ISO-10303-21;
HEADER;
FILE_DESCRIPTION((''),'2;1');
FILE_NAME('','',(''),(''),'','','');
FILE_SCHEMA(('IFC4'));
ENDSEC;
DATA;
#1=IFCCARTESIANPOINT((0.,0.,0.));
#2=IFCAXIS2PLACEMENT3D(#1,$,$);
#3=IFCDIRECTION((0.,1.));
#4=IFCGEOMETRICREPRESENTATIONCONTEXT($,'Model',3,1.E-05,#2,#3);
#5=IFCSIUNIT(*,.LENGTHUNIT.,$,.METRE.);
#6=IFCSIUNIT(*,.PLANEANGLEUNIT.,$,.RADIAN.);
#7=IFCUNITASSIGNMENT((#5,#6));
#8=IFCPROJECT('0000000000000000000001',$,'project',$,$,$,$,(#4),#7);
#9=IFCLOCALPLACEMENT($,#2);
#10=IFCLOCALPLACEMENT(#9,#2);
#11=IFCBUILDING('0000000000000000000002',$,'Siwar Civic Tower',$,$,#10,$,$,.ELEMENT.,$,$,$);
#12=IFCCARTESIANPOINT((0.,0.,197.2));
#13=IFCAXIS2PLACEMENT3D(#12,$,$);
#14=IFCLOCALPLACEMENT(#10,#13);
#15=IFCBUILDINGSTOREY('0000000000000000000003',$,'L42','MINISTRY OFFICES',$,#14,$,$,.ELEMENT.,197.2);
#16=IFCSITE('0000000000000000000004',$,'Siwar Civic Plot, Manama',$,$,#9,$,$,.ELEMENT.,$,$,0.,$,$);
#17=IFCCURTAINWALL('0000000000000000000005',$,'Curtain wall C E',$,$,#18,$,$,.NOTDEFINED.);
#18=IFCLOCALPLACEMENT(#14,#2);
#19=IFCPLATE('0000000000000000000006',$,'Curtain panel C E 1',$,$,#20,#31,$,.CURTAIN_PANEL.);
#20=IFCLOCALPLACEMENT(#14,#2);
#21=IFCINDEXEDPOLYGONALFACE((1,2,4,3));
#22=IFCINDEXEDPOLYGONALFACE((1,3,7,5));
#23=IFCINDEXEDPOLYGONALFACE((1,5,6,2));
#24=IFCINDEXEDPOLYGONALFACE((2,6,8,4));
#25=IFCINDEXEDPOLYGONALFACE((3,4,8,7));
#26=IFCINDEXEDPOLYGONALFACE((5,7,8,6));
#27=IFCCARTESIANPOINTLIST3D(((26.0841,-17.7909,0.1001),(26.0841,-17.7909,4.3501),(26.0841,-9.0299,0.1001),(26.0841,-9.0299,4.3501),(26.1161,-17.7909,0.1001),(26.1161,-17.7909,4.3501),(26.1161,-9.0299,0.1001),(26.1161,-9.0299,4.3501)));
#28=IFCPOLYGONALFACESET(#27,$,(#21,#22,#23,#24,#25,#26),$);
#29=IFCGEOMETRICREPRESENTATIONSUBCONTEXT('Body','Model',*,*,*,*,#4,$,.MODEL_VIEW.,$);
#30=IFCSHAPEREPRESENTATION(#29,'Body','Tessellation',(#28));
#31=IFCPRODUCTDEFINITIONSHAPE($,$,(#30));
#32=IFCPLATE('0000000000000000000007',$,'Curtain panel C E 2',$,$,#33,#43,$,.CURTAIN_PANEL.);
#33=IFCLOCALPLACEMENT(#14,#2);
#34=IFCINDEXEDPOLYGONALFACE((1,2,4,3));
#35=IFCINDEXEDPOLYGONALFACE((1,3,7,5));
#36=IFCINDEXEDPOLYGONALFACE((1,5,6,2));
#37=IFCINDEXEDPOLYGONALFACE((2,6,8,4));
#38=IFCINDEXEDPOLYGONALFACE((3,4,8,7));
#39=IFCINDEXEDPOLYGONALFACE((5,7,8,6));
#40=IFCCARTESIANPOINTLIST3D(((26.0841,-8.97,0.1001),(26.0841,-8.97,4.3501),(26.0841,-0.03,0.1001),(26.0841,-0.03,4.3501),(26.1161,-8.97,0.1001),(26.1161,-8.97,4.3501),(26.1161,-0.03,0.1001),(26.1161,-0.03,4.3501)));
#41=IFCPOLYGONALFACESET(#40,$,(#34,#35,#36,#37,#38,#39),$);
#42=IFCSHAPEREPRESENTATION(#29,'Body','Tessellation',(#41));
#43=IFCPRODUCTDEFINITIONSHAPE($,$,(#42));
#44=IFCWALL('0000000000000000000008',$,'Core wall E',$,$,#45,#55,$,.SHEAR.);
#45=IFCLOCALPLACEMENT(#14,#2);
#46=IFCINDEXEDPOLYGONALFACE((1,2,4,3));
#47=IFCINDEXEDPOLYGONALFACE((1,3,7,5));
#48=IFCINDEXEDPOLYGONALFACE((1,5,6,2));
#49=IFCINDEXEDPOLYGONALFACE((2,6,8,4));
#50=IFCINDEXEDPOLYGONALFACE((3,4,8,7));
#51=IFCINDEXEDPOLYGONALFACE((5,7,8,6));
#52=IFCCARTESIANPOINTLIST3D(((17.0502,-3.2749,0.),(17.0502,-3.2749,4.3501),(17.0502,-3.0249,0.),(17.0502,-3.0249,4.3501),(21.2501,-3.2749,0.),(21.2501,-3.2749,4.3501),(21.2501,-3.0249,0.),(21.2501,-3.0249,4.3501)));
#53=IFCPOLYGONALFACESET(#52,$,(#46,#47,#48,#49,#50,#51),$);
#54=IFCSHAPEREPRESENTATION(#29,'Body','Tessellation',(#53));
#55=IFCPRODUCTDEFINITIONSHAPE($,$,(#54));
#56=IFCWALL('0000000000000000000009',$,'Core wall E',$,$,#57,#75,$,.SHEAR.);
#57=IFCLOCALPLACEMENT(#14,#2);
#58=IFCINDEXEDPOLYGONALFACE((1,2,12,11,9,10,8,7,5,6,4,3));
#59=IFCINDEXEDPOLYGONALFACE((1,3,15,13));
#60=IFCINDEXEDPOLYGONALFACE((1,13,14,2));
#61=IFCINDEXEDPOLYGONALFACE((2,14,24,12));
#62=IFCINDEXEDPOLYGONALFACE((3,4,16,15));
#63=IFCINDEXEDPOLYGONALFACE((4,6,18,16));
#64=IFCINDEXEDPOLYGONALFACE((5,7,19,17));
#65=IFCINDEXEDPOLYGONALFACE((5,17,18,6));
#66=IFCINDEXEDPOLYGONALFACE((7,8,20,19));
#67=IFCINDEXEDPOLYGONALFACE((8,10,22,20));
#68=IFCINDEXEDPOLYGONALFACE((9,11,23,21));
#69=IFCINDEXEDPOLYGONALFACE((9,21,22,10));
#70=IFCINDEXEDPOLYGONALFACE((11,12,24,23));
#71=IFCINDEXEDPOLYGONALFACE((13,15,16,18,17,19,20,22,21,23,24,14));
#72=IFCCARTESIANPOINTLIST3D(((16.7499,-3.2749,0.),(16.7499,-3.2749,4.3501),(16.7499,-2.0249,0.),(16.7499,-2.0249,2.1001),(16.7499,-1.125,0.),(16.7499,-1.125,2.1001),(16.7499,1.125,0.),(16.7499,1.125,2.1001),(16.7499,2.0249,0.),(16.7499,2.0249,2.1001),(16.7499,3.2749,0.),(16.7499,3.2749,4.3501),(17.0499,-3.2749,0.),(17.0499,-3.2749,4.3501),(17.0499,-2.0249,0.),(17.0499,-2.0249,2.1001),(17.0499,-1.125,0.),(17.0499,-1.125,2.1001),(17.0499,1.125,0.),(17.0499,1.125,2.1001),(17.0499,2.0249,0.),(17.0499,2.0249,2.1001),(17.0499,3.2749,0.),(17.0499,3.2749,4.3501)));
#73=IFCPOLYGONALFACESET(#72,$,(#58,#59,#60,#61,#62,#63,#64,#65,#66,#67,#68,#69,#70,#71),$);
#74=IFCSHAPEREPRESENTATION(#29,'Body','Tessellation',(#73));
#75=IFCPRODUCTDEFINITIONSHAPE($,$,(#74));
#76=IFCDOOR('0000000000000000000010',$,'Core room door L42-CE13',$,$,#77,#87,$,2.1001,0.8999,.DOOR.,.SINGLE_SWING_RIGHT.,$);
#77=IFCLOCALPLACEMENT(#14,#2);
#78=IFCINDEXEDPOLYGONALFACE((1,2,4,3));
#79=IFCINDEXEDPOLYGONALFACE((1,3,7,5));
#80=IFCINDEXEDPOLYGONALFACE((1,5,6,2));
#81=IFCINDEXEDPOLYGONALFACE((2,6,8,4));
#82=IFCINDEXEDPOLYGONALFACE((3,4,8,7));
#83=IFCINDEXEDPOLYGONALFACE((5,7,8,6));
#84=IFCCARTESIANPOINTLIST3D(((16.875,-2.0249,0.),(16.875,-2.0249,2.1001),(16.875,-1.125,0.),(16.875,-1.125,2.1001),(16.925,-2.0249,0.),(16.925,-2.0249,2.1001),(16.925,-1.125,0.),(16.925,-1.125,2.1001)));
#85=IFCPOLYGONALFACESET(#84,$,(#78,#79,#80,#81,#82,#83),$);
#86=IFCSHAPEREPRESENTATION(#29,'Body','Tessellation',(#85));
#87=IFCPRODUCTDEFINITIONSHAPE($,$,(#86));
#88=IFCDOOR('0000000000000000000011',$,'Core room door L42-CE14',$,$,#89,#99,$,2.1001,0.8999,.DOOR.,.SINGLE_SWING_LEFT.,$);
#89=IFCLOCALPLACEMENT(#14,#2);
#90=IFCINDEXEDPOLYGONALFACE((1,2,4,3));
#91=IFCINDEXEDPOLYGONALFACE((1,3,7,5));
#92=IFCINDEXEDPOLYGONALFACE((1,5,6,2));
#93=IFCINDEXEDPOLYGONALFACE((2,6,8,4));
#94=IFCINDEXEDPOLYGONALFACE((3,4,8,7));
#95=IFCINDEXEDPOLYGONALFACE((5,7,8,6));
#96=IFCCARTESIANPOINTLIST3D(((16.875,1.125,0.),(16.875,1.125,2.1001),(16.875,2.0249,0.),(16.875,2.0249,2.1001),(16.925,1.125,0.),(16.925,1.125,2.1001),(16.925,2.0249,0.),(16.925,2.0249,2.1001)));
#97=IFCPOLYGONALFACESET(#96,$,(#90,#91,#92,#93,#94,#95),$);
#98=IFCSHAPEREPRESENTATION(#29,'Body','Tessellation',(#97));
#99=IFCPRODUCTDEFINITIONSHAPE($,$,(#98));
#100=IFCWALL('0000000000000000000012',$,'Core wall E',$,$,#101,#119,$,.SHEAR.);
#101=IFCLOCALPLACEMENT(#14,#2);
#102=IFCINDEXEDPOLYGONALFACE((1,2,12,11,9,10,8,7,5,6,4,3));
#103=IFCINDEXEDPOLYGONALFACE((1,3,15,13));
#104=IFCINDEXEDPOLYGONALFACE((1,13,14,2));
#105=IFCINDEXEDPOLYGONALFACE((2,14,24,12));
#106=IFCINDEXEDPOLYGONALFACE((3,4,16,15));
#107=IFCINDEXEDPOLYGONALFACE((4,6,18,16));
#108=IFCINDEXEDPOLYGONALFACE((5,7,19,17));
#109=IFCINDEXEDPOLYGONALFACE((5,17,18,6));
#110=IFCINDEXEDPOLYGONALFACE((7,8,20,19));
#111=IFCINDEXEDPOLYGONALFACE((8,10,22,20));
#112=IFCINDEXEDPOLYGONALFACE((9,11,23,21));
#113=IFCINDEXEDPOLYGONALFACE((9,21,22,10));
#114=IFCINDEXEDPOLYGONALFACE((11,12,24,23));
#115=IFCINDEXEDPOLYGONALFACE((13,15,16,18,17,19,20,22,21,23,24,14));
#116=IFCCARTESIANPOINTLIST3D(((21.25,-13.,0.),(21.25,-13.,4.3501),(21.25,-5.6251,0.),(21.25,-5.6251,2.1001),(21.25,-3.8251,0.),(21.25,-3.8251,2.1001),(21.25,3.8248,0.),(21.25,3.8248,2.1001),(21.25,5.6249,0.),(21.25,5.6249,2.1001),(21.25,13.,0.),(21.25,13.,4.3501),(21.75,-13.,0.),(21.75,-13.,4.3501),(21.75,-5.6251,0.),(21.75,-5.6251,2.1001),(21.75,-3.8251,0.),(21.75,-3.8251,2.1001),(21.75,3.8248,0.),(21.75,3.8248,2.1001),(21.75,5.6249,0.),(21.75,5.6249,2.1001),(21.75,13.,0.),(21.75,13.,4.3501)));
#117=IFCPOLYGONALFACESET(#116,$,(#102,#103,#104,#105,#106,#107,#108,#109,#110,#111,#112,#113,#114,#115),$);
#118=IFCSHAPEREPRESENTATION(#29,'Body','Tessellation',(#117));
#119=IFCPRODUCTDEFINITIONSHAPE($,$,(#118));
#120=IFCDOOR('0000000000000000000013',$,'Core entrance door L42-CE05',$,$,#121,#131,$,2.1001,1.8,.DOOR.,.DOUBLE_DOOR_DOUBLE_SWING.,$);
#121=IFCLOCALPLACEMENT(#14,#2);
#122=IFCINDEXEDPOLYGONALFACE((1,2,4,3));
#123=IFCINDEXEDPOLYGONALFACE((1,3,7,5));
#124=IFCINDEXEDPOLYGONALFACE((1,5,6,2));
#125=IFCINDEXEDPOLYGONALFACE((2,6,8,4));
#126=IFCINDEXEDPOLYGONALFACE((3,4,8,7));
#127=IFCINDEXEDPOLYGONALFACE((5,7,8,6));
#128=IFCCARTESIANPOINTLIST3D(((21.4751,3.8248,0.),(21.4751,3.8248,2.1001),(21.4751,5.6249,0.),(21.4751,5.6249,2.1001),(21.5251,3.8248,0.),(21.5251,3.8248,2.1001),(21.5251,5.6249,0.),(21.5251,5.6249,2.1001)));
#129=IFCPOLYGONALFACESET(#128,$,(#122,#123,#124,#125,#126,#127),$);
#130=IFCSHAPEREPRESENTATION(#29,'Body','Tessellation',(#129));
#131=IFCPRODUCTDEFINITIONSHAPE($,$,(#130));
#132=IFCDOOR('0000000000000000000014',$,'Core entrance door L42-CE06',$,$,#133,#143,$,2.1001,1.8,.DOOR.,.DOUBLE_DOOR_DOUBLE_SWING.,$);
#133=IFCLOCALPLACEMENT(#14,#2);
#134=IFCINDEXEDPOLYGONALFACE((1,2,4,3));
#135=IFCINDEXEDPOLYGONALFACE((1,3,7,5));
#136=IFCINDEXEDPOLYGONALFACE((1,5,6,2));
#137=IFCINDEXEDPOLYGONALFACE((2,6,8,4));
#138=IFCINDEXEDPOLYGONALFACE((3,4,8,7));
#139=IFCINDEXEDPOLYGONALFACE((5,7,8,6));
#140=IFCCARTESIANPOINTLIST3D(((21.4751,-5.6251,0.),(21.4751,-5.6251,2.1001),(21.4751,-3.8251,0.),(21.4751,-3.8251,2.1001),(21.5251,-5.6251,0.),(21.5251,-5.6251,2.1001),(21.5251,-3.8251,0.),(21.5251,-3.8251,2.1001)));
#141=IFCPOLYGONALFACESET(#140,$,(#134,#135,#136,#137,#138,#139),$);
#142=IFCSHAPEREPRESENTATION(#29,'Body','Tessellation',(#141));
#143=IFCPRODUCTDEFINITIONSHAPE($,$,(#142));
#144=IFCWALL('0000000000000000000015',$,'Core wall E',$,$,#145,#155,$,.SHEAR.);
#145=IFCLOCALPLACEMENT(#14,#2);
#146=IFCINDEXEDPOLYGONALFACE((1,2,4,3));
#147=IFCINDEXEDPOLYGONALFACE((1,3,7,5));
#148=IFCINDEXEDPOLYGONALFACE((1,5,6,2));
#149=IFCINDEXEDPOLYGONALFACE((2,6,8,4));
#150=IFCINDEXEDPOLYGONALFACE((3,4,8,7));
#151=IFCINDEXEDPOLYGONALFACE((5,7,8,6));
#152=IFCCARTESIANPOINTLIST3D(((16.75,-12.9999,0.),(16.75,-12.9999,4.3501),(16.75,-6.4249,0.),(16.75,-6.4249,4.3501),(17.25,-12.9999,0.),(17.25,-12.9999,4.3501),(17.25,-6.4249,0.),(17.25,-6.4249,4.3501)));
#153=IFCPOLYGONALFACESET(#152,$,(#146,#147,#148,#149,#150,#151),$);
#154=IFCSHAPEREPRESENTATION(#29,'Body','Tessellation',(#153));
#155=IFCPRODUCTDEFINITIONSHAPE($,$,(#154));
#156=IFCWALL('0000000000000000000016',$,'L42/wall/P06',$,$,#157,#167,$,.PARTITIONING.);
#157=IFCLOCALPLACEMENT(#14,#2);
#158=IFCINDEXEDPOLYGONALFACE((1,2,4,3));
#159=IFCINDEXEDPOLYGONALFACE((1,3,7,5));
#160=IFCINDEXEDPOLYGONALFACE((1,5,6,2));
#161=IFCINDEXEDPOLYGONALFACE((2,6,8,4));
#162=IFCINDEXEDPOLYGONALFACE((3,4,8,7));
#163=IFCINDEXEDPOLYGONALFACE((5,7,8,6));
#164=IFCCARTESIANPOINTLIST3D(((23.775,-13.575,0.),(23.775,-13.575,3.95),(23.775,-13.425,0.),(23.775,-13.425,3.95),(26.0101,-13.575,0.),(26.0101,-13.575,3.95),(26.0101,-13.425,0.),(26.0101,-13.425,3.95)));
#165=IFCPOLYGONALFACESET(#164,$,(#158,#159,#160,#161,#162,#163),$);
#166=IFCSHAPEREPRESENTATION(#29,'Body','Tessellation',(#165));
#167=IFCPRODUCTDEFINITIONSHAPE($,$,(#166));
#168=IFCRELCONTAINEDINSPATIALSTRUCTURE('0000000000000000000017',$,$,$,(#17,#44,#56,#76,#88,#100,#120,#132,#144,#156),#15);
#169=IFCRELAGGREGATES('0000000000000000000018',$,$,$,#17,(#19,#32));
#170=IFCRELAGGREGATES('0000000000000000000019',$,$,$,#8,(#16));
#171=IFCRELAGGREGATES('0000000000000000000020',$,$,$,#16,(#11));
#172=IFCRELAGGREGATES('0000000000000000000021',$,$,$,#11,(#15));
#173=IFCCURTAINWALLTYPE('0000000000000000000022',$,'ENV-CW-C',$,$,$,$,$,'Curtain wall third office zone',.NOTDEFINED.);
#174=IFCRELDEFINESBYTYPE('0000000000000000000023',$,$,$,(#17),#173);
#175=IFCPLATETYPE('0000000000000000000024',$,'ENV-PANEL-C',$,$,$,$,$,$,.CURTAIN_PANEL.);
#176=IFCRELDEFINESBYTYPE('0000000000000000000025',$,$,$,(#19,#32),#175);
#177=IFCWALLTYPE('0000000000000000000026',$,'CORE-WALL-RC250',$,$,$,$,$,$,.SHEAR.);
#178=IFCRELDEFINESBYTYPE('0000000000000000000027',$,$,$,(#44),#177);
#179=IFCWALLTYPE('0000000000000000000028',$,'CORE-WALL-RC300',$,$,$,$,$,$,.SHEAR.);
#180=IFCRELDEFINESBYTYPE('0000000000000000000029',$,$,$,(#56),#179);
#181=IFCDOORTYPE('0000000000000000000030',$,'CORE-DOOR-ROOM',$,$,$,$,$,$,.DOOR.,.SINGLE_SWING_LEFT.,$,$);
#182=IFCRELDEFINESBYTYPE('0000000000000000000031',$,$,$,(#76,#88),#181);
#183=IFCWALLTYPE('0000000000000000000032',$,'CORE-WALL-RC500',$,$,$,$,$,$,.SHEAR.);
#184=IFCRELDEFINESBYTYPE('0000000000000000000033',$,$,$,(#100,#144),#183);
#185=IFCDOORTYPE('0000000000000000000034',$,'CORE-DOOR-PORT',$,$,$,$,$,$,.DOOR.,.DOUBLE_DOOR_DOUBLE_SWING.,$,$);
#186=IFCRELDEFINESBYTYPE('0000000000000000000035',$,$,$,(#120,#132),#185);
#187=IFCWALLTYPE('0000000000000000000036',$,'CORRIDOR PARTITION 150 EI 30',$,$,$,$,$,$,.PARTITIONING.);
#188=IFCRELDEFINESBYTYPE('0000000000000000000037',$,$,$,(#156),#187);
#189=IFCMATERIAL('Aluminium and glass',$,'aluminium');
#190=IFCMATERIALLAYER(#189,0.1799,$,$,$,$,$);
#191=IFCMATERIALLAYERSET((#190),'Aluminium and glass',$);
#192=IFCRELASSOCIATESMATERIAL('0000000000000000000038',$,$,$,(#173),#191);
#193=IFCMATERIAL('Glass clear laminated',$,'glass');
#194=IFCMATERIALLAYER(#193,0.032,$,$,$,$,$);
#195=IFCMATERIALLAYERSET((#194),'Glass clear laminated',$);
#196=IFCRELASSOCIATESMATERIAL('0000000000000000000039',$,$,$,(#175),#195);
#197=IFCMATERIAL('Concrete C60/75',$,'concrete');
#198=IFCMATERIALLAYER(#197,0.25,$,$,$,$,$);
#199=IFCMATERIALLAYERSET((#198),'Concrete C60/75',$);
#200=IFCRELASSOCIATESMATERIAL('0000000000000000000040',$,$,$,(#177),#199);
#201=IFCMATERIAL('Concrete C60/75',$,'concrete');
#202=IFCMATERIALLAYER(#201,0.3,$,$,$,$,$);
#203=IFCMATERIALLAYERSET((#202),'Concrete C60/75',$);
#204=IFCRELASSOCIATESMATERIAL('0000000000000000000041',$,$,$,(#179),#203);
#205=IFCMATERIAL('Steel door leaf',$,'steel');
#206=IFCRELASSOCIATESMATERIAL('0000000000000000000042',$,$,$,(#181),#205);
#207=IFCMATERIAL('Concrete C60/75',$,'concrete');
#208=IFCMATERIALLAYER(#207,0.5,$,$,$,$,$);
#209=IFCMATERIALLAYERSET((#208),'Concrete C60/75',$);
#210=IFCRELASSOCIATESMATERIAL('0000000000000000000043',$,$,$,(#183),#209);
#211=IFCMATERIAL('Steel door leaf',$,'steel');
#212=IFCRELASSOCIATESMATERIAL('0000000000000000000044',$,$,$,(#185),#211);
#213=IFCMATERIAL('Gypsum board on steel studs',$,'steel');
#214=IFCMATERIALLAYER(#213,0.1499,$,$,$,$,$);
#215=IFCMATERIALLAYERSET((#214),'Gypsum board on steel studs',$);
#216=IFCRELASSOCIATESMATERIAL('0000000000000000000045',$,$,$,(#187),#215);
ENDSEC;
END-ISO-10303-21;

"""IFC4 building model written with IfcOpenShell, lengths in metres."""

from ifc_helpers import new_model, si_unit, direction, frame, frame_2d, origin, origin_2d, place, context, subcontext, project, spatial, rectangle, extrude, material, layer, layer_set, type_object, element, fill, aggregate, save


model = new_model("IFC4")

# Units and contexts
model_context = context("Model", 3, precision=1e-05, world=origin(), true_north=direction((0.0, 1.0)))
body_context = subcontext(model_context, "Body", "Model", "MODEL_VIEW")
ifc_project = project(units=[si_unit("LENGTHUNIT", "METRE"), si_unit("PLANEANGLEUNIT", "RADIAN")], contexts=[model_context])

# Site, building, storey
site_placement = place(None, origin())
site = spatial("IfcSite", under=ifc_project, at=site_placement, Name="Siwar Civic Plot, Manama", CompositionType="ELEMENT", RefElevation=0.0)
building_placement = place(site_placement, origin())
building = spatial("IfcBuilding", under=site, at=building_placement, Name="Siwar Civic Tower", CompositionType="ELEMENT")
storey_placement = place(building_placement, frame((0.0, 0.0, 197.2)))
storey = spatial("IfcBuildingStorey", under=building, at=storey_placement, Name="L42", Description="MINISTRY OFFICES", CompositionType="ELEMENT", Elevation=197.2)

# Curtain wall
ifc_material_1 = material(Name="Aluminium and glass", Category="aluminium")
ifc_layer_1 = layer(ifc_material_1, 0.1799)
ifc_layer_set_1 = layer_set([ifc_layer_1], Name="Aluminium and glass")
curtain_wall_type = type_object("IfcCurtainWallType", Name="ENV-CW-C", ElementType="Curtain wall third office zone", PredefinedType="NOTDEFINED", material=ifc_layer_set_1)
curtain_wall_placement = place(storey_placement, origin())
curtain_wall = element("IfcCurtainWall", 1, at=curtain_wall_placement, inside=storey, type_object=curtain_wall_type, Name="Curtain wall C E", PredefinedType="NOTDEFINED")

# Plates
ifc_material_2 = material(Name="Glass clear laminated", Category="glass")
ifc_layer_2 = layer(ifc_material_2, 0.032)
ifc_layer_set_2 = layer_set([ifc_layer_2], Name="Glass clear laminated")
plate_type = type_object("IfcPlateType", Name="ENV-PANEL-C", PredefinedType="CURTAIN_PANEL", material=ifc_layer_set_2)
plate_1_placement = place(storey_placement, frame((26.1001, -13.4104, 0.1001), z_axis=(0.0, 0.0, 1.0), x_axis=(0.0, 1.0, 0.0)))
plate_1 = element("IfcPlate", 2, at=plate_1_placement, type_object=plate_type, Name="Curtain panel C E 1", PredefinedType="CURTAIN_PANEL", context=body_context, shape_type="SweptSolid", body=[
    extrude(rectangle(XDim=8.761, YDim=0.032, at=origin_2d()), origin(), (0.0, 0.0, 1.0), 4.25),
])
plate_2_placement = place(storey_placement, frame((26.1001, -4.5, 0.1001), z_axis=(0.0, 0.0, 1.0), x_axis=(0.0, 1.0, 0.0)))
plate_2 = element("IfcPlate", 3, at=plate_2_placement, type_object=plate_type, Name="Curtain panel C E 2", PredefinedType="CURTAIN_PANEL", context=body_context, shape_type="SweptSolid", body=[
    extrude(rectangle(XDim=8.9399, YDim=0.032, at=origin_2d()), origin(), (0.0, 0.0, 1.0), 4.25),
])
aggregate(curtain_wall, [plate_1, plate_2])

# Wall
ifc_material_3 = material(Name="Concrete C60/75", Category="concrete")
ifc_layer_3 = layer(ifc_material_3, 0.25)
ifc_layer_set_3 = layer_set([ifc_layer_3], Name="Concrete C60/75")
wall_type_1 = type_object("IfcWallType", Name="CORE-WALL-RC250", PredefinedType="SHEAR", material=ifc_layer_set_3)
wall_1_placement = place(storey_placement, frame((17.05, -3.1499, 0.0), z_axis=(0.0, 0.0, 1.0), x_axis=(1.0, 0.0, 0.0)))
element("IfcWall", 4, at=wall_1_placement, inside=storey, type_object=wall_type_1, Name="Core wall E", PredefinedType="SHEAR", context=body_context, shape_type="SweptSolid", body=[
    extrude(rectangle(XDim=4.2, YDim=0.25, at=frame_2d((2.1001, 0.0))), origin(), (0.0, 0.0, 1.0), 4.3501),
])

# Walls, openings, doors
ifc_material_4 = material(Name="Concrete C60/75", Category="concrete")
ifc_layer_4 = layer(ifc_material_4, 0.3)
ifc_layer_set_4 = layer_set([ifc_layer_4], Name="Concrete C60/75")
wall_type_2 = type_object("IfcWallType", Name="CORE-WALL-RC300", PredefinedType="SHEAR", material=ifc_layer_set_4)
wall_2_placement = place(storey_placement, frame((16.8999, -3.2749, 0.0), z_axis=(0.0, 0.0, 1.0), x_axis=(0.0, 1.0, 0.0)))
wall_2 = element("IfcWall", 5, at=wall_2_placement, inside=storey, type_object=wall_type_2, Name="Core wall E", PredefinedType="SHEAR", context=body_context, shape_type="SweptSolid", body=[
    extrude(rectangle(XDim=6.5498, YDim=0.3, at=frame_2d((3.2749, 0.0))), origin(), (0.0, 0.0, 1.0), 4.3501),
])
opening_1_placement = place(wall_2_placement, frame((1.25, 0.0, 0.0)))
opening_1 = element("IfcOpeningElement", 6, at=opening_1_placement, cuts=wall_2, PredefinedType="OPENING", context=body_context, shape_type="SweptSolid", body=[
    extrude(rectangle(XDim=0.8999, YDim=2.1001, at=frame_2d((0.45, 1.05))), frame((0.0, 0.1602, 0.0), z_axis=(0.0, -1.0, 0.0), x_axis=(1.0, 0.0, 0.0)), (0.0, 0.0, 1.0), 0.3201),
])
opening_2_placement = place(wall_2_placement, frame((4.3999, 0.0, 0.0)))
opening_2 = element("IfcOpeningElement", 7, at=opening_2_placement, cuts=wall_2, PredefinedType="OPENING", context=body_context, shape_type="SweptSolid", body=[
    extrude(rectangle(XDim=0.8999, YDim=2.1001, at=frame_2d((0.45, 1.05))), frame((0.0, 0.1602, 0.0), z_axis=(0.0, -1.0, 0.0), x_axis=(1.0, 0.0, 0.0)), (0.0, 0.0, 1.0), 0.3201),
])
ifc_material_5 = material(Name="Steel door leaf", Category="steel")
door_type_1 = type_object("IfcDoorType", Name="CORE-DOOR-ROOM", OperationType="SINGLE_SWING_LEFT", PredefinedType="DOOR", material=ifc_material_5)
door_1_placement = place(opening_1_placement, origin())
door_1 = element("IfcDoor", 8, at=door_1_placement, inside=storey, type_object=door_type_1, Name="Core room door L42-CE13", OperationType="SINGLE_SWING_RIGHT", OverallHeight=2.1001, OverallWidth=0.8999, PredefinedType="DOOR", context=body_context, shape_type="SweptSolid", body=[
    extrude(rectangle(XDim=0.8999, YDim=2.1001, at=frame_2d((0.45, 1.05))), frame((0.0, 0.0249, 0.0), z_axis=(0.0, -1.0, 0.0), x_axis=(1.0, 0.0, 0.0)), (0.0, 0.0, 1.0), 0.05),
])
fill(opening_1, door_1)
door_2_placement = place(opening_2_placement, origin())
door_2 = element("IfcDoor", 9, at=door_2_placement, inside=storey, type_object=door_type_1, Name="Core room door L42-CE14", OperationType="SINGLE_SWING_LEFT", OverallHeight=2.1001, OverallWidth=0.8999, PredefinedType="DOOR", context=body_context, shape_type="SweptSolid", body=[
    extrude(rectangle(XDim=0.8999, YDim=2.1001, at=frame_2d((0.45, 1.05))), frame((0.0, 0.0249, 0.0), z_axis=(0.0, -1.0, 0.0), x_axis=(1.0, 0.0, 0.0)), (0.0, 0.0, 1.0), 0.05),
])
fill(opening_2, door_2)
ifc_material_6 = material(Name="Concrete C60/75", Category="concrete")
ifc_layer_5 = layer(ifc_material_6, 0.5)
ifc_layer_set_5 = layer_set([ifc_layer_5], Name="Concrete C60/75")
wall_type_3 = type_object("IfcWallType", Name="CORE-WALL-RC500", PredefinedType="SHEAR", material=ifc_layer_set_5)
wall_3_placement = place(storey_placement, frame((21.5, -13.0, 0.0), z_axis=(0.0, 0.0, 1.0), x_axis=(0.0, 1.0, 0.0)))
wall_3 = element("IfcWall", 10, at=wall_3_placement, inside=storey, type_object=wall_type_3, Name="Core wall E", PredefinedType="SHEAR", context=body_context, shape_type="SweptSolid", body=[
    extrude(rectangle(XDim=26.0, YDim=0.5, at=frame_2d((13.0, 0.0))), origin(), (0.0, 0.0, 1.0), 4.3501),
])
opening_3_placement = place(wall_3_placement, frame((16.825, 0.0, 0.0)))
opening_3 = element("IfcOpeningElement", 11, at=opening_3_placement, cuts=wall_3, PredefinedType="OPENING", context=body_context, shape_type="SweptSolid", body=[
    extrude(rectangle(XDim=1.8, YDim=2.1001, at=frame_2d((0.8999, 1.05))), frame((0.0, 0.26, 0.0), z_axis=(0.0, -1.0, 0.0), x_axis=(1.0, 0.0, 0.0)), (0.0, 0.0, 1.0), 0.52),
])
opening_4_placement = place(wall_3_placement, frame((7.375, 0.0, 0.0)))
opening_4 = element("IfcOpeningElement", 12, at=opening_4_placement, cuts=wall_3, PredefinedType="OPENING", context=body_context, shape_type="SweptSolid", body=[
    extrude(rectangle(XDim=1.8, YDim=2.1001, at=frame_2d((0.8999, 1.05))), frame((0.0, 0.26, 0.0), z_axis=(0.0, -1.0, 0.0), x_axis=(1.0, 0.0, 0.0)), (0.0, 0.0, 1.0), 0.52),
])
ifc_material_7 = material(Name="Steel door leaf", Category="steel")
door_type_2 = type_object("IfcDoorType", Name="CORE-DOOR-PORT", OperationType="DOUBLE_DOOR_DOUBLE_SWING", PredefinedType="DOOR", material=ifc_material_7)
door_3_placement = place(opening_3_placement, origin())
door_3 = element("IfcDoor", 13, at=door_3_placement, inside=storey, type_object=door_type_2, Name="Core entrance door L42-CE05", OperationType="DOUBLE_DOOR_DOUBLE_SWING", OverallHeight=2.1001, OverallWidth=1.8, PredefinedType="DOOR", context=body_context, shape_type="SweptSolid", body=[
    extrude(rectangle(XDim=1.8, YDim=2.1001, at=frame_2d((0.8999, 1.05))), frame((0.0, 0.0249, 0.0), z_axis=(0.0, -1.0, 0.0), x_axis=(1.0, 0.0, 0.0)), (0.0, 0.0, 1.0), 0.05),
])
fill(opening_3, door_3)
door_4_placement = place(opening_4_placement, origin())
door_4 = element("IfcDoor", 14, at=door_4_placement, inside=storey, type_object=door_type_2, Name="Core entrance door L42-CE06", OperationType="DOUBLE_DOOR_DOUBLE_SWING", OverallHeight=2.1001, OverallWidth=1.8, PredefinedType="DOOR", context=body_context, shape_type="SweptSolid", body=[
    extrude(rectangle(XDim=1.8, YDim=2.1001, at=frame_2d((0.8999, 1.05))), frame((0.0, 0.0249, 0.0), z_axis=(0.0, -1.0, 0.0), x_axis=(1.0, 0.0, 0.0)), (0.0, 0.0, 1.0), 0.05),
])
fill(opening_4, door_4)

# Walls
wall_4_placement = place(storey_placement, frame((17.0, -13.0, 0.0), z_axis=(0.0, 0.0, 1.0), x_axis=(0.0, 1.0, 0.0)))
element("IfcWall", 15, at=wall_4_placement, inside=storey, type_object=wall_type_3, Name="Core wall E", PredefinedType="SHEAR", context=body_context, shape_type="SweptSolid", body=[
    extrude(rectangle(XDim=6.575, YDim=0.5, at=frame_2d((3.2876, 0.0))), origin(), (0.0, 0.0, 1.0), 4.3501),
])
ifc_material_8 = material(Name="Gypsum board on steel studs", Category="steel")
ifc_layer_6 = layer(ifc_material_8, 0.1499)
ifc_layer_set_6 = layer_set([ifc_layer_6], Name="Gypsum board on steel studs")
wall_type_4 = type_object("IfcWallType", Name="CORRIDOR PARTITION 150 EI 30", PredefinedType="PARTITIONING", material=ifc_layer_set_6)
wall_5_placement = place(storey_placement, frame((23.7749, -13.5, 0.0), z_axis=(0.0, 0.0, 1.0), x_axis=(1.0, 0.0, 0.0)))
element("IfcWall", 16, at=wall_5_placement, inside=storey, type_object=wall_type_4, Name="L42/wall/P06", PredefinedType="PARTITIONING", context=body_context, shape_type="SweptSolid", body=[
    extrude(rectangle(XDim=2.2351, YDim=0.1499, at=frame_2d((1.1177, 0.0))), origin(), (0.0, 0.0, 1.0), 3.95),
])

save(model, "model.ifc")
